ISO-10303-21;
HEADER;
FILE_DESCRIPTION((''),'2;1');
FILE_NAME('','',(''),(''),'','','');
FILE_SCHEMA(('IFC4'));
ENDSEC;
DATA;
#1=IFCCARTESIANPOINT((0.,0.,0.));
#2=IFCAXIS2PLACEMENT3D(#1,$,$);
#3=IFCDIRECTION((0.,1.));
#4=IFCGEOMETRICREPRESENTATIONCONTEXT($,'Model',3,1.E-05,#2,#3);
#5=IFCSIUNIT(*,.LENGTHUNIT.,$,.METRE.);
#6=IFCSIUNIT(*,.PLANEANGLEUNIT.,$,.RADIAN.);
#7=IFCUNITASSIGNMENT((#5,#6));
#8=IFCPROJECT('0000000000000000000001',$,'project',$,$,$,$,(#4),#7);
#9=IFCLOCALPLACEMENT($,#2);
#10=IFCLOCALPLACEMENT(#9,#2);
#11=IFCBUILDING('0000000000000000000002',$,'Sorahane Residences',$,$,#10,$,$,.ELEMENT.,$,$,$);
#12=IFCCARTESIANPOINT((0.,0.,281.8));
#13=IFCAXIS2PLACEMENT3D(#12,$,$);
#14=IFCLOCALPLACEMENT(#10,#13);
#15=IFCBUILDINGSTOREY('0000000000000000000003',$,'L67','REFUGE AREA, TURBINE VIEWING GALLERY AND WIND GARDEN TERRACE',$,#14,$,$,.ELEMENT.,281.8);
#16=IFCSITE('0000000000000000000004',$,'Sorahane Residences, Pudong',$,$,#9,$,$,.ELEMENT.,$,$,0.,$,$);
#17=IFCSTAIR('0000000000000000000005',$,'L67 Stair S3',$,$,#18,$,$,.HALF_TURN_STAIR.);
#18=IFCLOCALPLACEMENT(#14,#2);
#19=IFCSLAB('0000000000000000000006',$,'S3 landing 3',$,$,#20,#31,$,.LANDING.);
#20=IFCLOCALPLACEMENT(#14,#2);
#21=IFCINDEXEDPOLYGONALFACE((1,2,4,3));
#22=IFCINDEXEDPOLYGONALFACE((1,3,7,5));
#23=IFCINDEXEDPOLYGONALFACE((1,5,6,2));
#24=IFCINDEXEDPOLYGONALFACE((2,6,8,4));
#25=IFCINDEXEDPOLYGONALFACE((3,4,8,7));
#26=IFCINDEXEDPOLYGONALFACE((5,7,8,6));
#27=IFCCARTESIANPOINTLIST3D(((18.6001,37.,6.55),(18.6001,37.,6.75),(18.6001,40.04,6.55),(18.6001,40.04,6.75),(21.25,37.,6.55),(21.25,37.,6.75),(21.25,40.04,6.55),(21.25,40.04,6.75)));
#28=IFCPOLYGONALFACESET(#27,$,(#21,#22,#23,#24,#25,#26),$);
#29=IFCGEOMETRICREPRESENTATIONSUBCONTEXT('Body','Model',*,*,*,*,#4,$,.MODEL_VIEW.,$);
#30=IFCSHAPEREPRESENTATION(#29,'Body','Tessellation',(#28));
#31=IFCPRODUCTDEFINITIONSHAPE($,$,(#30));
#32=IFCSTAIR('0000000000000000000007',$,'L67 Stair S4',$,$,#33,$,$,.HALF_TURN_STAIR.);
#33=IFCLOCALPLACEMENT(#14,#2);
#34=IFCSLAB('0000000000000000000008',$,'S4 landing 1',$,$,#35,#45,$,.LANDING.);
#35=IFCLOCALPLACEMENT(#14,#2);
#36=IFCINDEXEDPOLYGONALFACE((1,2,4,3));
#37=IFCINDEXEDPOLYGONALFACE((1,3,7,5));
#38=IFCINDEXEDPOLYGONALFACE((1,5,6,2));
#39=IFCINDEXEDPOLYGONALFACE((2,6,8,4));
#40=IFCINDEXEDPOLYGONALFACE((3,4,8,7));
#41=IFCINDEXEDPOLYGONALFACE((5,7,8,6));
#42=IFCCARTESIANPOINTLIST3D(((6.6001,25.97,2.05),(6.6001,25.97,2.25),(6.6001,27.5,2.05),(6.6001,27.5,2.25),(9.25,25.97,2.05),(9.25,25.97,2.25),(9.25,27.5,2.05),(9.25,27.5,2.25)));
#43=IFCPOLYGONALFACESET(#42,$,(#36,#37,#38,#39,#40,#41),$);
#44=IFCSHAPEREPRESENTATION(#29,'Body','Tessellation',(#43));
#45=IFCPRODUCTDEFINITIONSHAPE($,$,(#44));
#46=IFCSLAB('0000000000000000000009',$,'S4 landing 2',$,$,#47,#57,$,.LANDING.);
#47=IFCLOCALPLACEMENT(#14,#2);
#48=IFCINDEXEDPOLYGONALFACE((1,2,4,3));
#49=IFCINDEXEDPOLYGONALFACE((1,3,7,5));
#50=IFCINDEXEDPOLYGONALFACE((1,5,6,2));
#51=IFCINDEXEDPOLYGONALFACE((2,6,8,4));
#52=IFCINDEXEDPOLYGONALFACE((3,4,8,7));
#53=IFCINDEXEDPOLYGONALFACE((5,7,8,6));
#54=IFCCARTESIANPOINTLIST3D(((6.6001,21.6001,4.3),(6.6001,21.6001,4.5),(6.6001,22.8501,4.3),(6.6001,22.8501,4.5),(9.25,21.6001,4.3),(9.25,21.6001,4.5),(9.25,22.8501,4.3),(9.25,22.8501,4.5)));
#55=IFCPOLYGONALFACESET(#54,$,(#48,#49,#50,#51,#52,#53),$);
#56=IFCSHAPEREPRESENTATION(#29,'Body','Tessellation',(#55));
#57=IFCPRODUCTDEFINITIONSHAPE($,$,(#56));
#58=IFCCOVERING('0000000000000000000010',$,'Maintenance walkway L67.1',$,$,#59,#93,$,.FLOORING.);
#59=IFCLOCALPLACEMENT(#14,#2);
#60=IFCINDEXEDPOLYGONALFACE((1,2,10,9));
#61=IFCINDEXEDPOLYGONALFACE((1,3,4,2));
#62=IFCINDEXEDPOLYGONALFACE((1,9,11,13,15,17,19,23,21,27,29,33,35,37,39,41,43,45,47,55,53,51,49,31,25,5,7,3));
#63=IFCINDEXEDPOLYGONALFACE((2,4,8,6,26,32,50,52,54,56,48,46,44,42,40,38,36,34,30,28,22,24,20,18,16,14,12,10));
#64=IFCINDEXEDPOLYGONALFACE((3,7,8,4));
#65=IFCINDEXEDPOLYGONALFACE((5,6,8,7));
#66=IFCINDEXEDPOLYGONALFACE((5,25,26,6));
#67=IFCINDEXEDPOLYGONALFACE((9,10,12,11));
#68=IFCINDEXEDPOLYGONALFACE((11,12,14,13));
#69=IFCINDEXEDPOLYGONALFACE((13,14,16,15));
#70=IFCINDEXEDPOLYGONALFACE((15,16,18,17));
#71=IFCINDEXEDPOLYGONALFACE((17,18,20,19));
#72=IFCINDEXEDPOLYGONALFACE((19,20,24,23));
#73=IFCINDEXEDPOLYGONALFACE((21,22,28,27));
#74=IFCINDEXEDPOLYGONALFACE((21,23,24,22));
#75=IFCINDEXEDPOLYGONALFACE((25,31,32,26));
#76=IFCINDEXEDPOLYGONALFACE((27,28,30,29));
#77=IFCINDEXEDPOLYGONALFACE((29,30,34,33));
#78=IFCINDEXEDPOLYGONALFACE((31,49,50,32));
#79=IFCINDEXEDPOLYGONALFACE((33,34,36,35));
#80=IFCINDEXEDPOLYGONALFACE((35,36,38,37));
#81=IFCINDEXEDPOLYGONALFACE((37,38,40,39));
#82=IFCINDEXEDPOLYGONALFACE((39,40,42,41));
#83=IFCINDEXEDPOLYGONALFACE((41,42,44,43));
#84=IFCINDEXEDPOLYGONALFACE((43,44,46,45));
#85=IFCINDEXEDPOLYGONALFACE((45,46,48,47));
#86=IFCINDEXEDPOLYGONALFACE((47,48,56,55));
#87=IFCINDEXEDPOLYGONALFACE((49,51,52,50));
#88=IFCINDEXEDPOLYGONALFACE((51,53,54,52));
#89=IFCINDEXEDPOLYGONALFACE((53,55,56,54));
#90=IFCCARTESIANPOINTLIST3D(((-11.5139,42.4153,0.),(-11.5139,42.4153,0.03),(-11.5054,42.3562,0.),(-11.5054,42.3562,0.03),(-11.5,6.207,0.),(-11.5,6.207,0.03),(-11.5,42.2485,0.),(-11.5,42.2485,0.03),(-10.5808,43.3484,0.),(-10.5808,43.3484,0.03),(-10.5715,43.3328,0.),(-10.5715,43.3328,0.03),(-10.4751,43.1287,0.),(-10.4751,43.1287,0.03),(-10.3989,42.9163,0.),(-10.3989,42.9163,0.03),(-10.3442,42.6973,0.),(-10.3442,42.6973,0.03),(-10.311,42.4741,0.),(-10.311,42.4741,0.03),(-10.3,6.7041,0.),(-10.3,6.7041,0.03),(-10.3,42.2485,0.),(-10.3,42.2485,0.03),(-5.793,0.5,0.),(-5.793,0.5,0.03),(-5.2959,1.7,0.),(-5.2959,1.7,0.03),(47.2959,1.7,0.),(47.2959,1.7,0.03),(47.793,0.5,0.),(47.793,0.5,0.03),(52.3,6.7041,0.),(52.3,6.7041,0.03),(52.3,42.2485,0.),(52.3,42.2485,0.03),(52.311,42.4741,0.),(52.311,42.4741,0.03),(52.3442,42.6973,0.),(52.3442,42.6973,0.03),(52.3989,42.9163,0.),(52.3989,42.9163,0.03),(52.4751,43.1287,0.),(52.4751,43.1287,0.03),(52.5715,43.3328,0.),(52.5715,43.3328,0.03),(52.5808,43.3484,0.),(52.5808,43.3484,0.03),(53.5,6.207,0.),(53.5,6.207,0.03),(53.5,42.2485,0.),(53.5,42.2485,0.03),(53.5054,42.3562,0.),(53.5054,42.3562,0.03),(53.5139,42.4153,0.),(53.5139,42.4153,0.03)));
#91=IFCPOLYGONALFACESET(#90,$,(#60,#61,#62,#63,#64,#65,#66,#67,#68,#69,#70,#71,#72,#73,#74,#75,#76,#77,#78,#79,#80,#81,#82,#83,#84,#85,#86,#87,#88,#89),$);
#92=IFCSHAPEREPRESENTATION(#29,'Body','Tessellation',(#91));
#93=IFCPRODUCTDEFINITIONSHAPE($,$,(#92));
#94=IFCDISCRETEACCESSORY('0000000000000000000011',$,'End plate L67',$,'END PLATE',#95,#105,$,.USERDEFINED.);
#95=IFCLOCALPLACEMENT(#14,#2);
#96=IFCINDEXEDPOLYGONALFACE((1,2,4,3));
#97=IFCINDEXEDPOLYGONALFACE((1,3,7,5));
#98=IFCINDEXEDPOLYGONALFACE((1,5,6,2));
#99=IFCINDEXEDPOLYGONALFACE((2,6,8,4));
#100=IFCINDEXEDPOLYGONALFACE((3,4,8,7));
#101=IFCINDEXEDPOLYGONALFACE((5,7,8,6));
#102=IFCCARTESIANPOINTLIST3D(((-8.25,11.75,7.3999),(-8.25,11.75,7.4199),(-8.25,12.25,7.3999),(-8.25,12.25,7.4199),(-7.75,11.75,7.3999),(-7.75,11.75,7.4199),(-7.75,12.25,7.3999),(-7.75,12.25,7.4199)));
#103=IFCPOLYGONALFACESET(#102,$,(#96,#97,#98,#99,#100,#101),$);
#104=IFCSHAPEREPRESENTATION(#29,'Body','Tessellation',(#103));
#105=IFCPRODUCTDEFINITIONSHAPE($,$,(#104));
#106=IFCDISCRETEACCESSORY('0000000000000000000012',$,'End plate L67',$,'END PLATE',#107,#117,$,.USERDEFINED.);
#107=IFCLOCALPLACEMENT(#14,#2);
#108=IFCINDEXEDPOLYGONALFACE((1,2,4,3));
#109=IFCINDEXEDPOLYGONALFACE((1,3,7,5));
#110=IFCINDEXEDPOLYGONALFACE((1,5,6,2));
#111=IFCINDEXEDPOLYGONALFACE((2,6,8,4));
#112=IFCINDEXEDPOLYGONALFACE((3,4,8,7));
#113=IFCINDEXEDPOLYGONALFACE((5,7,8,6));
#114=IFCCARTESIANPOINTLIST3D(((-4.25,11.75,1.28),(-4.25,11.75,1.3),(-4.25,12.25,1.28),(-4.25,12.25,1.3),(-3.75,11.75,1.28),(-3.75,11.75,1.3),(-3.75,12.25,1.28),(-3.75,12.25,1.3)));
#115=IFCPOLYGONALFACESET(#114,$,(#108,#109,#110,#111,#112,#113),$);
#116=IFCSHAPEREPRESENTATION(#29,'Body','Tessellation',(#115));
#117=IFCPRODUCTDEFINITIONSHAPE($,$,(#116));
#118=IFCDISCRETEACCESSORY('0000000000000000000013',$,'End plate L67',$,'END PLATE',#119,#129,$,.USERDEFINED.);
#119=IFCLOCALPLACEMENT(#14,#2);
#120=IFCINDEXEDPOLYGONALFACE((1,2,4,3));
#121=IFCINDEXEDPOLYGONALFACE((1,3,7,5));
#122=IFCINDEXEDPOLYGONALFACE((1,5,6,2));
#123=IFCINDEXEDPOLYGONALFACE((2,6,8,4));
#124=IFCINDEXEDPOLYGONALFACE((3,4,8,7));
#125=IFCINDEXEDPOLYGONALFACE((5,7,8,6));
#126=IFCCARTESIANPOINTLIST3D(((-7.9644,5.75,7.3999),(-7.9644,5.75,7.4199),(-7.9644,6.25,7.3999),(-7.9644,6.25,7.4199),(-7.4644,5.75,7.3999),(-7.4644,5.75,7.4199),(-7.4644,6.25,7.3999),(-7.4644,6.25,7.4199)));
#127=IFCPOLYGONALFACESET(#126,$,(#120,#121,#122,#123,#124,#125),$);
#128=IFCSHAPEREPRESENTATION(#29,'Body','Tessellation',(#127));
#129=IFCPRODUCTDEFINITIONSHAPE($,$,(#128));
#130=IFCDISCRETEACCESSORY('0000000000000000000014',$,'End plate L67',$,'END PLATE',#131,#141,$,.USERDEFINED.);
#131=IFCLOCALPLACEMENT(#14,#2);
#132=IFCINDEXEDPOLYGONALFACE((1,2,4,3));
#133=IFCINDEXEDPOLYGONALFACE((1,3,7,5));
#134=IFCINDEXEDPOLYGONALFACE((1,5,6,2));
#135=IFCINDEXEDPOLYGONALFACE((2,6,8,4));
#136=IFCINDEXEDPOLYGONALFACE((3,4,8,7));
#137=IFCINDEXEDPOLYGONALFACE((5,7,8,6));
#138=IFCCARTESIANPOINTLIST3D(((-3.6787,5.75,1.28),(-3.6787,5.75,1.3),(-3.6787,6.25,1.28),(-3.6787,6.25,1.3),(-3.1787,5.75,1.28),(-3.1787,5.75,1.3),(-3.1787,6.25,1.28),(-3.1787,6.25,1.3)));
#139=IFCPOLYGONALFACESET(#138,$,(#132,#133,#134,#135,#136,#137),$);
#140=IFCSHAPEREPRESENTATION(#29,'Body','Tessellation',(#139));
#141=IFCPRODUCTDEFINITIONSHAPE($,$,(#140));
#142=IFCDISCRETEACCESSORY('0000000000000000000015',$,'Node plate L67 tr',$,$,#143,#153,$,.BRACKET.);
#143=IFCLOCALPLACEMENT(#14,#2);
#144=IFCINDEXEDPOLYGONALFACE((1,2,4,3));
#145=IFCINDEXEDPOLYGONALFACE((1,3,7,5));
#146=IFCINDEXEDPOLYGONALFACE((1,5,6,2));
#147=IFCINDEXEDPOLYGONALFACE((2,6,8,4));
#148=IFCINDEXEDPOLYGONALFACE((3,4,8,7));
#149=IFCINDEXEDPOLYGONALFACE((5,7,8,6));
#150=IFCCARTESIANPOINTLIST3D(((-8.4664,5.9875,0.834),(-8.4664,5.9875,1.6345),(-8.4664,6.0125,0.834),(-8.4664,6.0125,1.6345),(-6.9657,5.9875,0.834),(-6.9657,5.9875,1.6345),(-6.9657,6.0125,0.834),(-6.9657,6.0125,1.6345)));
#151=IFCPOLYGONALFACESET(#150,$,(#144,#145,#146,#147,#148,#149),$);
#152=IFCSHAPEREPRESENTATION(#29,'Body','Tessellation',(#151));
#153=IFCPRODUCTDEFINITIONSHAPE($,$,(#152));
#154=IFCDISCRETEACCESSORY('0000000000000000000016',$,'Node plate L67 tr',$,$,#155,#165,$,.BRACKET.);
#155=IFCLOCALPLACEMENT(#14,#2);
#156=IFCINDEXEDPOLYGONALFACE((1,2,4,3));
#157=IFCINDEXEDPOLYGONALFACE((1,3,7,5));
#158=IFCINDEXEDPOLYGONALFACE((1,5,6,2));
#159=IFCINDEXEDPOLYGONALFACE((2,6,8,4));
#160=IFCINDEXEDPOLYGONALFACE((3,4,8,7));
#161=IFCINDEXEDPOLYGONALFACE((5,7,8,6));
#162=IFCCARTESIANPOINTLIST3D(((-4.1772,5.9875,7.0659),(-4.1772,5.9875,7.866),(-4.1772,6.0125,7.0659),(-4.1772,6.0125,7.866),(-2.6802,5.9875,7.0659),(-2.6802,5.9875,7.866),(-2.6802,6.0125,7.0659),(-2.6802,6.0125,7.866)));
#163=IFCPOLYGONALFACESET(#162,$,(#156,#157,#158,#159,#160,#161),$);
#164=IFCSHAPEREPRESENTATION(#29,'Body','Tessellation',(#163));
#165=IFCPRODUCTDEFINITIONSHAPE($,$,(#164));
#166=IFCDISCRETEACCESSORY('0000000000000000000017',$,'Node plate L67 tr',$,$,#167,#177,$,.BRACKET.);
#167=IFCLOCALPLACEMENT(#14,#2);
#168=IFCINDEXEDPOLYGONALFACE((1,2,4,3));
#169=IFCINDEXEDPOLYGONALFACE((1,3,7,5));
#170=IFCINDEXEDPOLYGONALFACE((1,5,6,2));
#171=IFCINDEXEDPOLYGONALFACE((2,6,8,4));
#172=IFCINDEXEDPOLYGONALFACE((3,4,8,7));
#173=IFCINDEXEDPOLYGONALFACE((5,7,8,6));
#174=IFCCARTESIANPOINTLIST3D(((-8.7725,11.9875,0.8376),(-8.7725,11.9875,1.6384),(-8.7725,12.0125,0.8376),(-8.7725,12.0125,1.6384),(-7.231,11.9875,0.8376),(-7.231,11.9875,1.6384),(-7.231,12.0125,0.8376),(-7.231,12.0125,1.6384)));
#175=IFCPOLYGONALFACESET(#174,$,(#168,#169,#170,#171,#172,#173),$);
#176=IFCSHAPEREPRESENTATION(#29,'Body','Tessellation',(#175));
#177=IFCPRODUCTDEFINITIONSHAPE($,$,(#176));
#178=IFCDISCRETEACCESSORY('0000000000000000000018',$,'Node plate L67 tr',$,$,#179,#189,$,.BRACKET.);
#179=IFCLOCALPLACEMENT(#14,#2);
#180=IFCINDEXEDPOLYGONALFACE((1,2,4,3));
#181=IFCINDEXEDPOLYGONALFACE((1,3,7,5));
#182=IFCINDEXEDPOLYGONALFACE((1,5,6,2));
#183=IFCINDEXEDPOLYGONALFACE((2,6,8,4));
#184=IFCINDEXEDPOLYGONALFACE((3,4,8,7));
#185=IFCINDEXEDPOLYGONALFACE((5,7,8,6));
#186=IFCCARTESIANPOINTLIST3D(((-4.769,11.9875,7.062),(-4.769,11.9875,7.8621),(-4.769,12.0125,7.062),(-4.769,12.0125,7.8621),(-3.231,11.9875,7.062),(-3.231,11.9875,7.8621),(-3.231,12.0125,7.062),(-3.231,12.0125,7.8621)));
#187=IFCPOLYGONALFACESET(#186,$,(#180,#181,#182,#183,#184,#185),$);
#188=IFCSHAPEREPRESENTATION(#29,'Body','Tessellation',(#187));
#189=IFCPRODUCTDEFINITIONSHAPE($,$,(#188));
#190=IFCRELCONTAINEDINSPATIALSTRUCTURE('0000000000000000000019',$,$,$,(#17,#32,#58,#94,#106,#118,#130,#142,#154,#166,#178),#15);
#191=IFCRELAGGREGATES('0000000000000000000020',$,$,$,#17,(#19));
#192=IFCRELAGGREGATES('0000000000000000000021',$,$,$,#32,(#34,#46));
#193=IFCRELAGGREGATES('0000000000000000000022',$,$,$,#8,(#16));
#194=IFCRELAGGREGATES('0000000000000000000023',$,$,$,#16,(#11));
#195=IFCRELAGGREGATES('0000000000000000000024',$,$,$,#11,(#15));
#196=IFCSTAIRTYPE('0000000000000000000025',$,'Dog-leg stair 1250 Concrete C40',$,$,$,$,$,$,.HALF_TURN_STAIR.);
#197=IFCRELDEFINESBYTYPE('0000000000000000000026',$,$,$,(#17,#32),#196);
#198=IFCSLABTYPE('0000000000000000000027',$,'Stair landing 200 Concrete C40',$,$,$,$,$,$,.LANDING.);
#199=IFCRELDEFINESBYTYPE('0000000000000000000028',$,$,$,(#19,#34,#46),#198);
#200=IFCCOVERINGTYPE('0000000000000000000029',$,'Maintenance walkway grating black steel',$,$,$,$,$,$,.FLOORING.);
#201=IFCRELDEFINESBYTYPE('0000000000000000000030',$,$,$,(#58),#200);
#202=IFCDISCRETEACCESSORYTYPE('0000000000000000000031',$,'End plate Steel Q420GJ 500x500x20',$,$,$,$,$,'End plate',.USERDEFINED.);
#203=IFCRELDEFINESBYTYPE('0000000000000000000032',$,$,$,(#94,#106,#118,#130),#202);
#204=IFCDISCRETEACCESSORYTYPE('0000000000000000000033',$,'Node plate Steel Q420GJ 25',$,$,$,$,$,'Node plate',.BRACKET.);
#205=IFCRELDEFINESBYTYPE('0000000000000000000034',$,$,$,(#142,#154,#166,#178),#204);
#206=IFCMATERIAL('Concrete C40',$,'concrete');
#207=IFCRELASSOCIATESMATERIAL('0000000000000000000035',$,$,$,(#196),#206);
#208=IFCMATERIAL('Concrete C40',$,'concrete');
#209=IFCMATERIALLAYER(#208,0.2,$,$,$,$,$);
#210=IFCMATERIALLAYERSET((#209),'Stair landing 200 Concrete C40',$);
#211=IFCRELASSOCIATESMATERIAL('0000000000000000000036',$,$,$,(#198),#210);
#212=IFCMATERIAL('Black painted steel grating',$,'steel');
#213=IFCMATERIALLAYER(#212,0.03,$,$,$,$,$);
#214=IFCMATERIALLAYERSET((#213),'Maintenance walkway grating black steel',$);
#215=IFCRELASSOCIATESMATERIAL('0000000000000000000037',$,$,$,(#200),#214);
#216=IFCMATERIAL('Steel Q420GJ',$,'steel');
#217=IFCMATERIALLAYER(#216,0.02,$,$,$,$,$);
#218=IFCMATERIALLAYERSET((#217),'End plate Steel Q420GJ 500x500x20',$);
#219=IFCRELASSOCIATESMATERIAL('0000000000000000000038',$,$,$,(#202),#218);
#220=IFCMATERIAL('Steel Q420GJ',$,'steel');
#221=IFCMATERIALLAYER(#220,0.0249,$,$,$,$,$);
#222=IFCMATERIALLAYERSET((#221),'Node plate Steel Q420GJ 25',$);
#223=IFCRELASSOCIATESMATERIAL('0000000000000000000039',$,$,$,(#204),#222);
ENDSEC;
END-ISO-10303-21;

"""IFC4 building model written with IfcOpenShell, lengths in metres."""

from ifc_helpers import new_model, si_unit, direction, frame, origin, origin_2d, place, context, subcontext, project, spatial, polyline, rectangle, outline, extrude, material, layer, layer_set, type_object, element, aggregate, save


model = new_model("IFC4")

# Units and contexts
model_context = context("Model", 3, precision=1e-05, world=origin(), true_north=direction((0.0, 1.0)))
body_context = subcontext(model_context, "Body", "Model", "MODEL_VIEW")
ifc_project = project(units=[si_unit("LENGTHUNIT", "METRE"), si_unit("PLANEANGLEUNIT", "RADIAN")], contexts=[model_context])

# Site, building, storey
site_placement = place(None, origin())
site = spatial("IfcSite", under=ifc_project, at=site_placement, Name="Sorahane Residences, Pudong", CompositionType="ELEMENT", RefElevation=0.0)
building_placement = place(site_placement, origin())
building = spatial("IfcBuilding", under=site, at=building_placement, Name="Sorahane Residences", CompositionType="ELEMENT")
storey_placement = place(building_placement, frame((0.0, 0.0, 281.8)))
storey = spatial("IfcBuildingStorey", under=building, at=storey_placement, Name="L67", Description="REFUGE AREA, TURBINE VIEWING GALLERY AND WIND GARDEN TERRACE", CompositionType="ELEMENT", Elevation=281.8)

# Stairs, slabs
ifc_material_1 = material(Name="Concrete C40", Category="concrete")
stair_type = type_object("IfcStairType", Name="Dog-leg stair 1250 Concrete C40", PredefinedType="HALF_TURN_STAIR", material=ifc_material_1)
ifc_material_2 = material(Name="Concrete C40", Category="concrete")
ifc_layer_1 = layer(ifc_material_2, 0.2)
ifc_layer_set_1 = layer_set([ifc_layer_1], Name="Stair landing 200 Concrete C40")
slab_type_1 = type_object("IfcSlabType", Name="Stair landing 200 Concrete C40", PredefinedType="LANDING", material=ifc_layer_set_1)
stair_1_placement = place(storey_placement, origin())
stair_1 = element("IfcStair", 1, at=stair_1_placement, inside=storey, type_object=stair_type, Name="L67 Stair S3", PredefinedType="HALF_TURN_STAIR")
slab_1_placement = place(storey_placement, frame((0.0, 0.0, 6.55)))
slab_1 = element("IfcSlab", 2, at=slab_1_placement, type_object=slab_type_1, Name="S3 landing 3", PredefinedType="LANDING", context=body_context, shape_type="SweptSolid", body=[
    extrude(outline(polyline([(18.6001, 40.04), (18.6001, 37.0), (21.25, 37.0), (21.25, 40.04), (18.6001, 40.04)])), origin(), (0.0, 0.0, 1.0), 0.2),
])
aggregate(stair_1, [slab_1])
stair_2_placement = place(storey_placement, origin())
stair_2 = element("IfcStair", 3, at=stair_2_placement, inside=storey, type_object=stair_type, Name="L67 Stair S4", PredefinedType="HALF_TURN_STAIR")
slab_2_placement = place(storey_placement, frame((0.0, 0.0, 2.05)))
slab_2 = element("IfcSlab", 4, at=slab_2_placement, type_object=slab_type_1, Name="S4 landing 1", PredefinedType="LANDING", context=body_context, shape_type="SweptSolid", body=[
    extrude(outline(polyline([(9.25, 25.97), (9.25, 27.5), (6.6001, 27.5), (6.6001, 25.97), (9.25, 25.97)])), origin(), (0.0, 0.0, 1.0), 0.2),
])
slab_3_placement = place(storey_placement, frame((0.0, 0.0, 4.3)))
slab_3 = element("IfcSlab", 5, at=slab_3_placement, type_object=slab_type_1, Name="S4 landing 2", PredefinedType="LANDING", context=body_context, shape_type="SweptSolid", body=[
    extrude(outline(polyline([(9.25, 21.6001), (9.25, 22.8501), (6.6001, 22.8501), (6.6001, 21.6001), (9.25, 21.6001)])), origin(), (0.0, 0.0, 1.0), 0.2),
])
aggregate(stair_2, [slab_2, slab_3])

# Covering
ifc_material_3 = material(Name="Black painted steel grating", Category="steel")
ifc_layer_2 = layer(ifc_material_3, 0.03)
ifc_layer_set_2 = layer_set([ifc_layer_2], Name="Maintenance walkway grating black steel")
covering_type_1 = type_object("IfcCoveringType", Name="Maintenance walkway grating black steel", PredefinedType="FLOORING", material=ifc_layer_set_2)
covering_1_placement = place(storey_placement, origin())
element("IfcCovering", 6, at=covering_1_placement, inside=storey, type_object=covering_type_1, Name="Maintenance walkway L67.1", PredefinedType="FLOORING", context=body_context, shape_type="SweptSolid", body=[
    extrude(outline(polyline([(52.3, 6.7041), (52.3, 42.2485), (52.311, 42.4741), (52.3442, 42.6973), (52.3989, 42.9163), (52.4751, 43.1287), (52.5715, 43.3328), (52.5808, 43.3484), (53.5139, 42.4153), (53.5054, 42.3562), (53.5, 42.2485), (53.5, 6.207), (47.793, 0.5), (-5.793, 0.5), (-11.5, 6.207), (-11.5, 42.2485), (-11.5054, 42.3562), (-11.5139, 42.4153), (-10.5808, 43.3484), (-10.5715, 43.3328), (-10.4751, 43.1287), (-10.3989, 42.9163), (-10.3442, 42.6973), (-10.311, 42.4741), (-10.3, 42.2485), (-10.3, 6.7041), (-5.2959, 1.7), (47.2959, 1.7), (52.3, 6.7041)])), origin(), (0.0, 0.0, 1.0), 0.03),
])

# Discrete accessories
ifc_material_4 = material(Name="Steel Q420GJ", Category="steel")
ifc_layer_3 = layer(ifc_material_4, 0.02)
ifc_layer_set_3 = layer_set([ifc_layer_3], Name="End plate Steel Q420GJ 500x500x20")
discrete_accessory_type_1 = type_object("IfcDiscreteAccessoryType", Name="End plate Steel Q420GJ 500x500x20", ElementType="End plate", PredefinedType="USERDEFINED", material=ifc_layer_set_3)
for number, where, z_axis, x_axis, name in (
    (7, (-8.0, 12.0, 7.3999), (0.0, 0.0, 1.0), (1.0, 0.0, 0.0), "End plate L67"),
    (8, (-4.0, 12.0, 1.28), (0.0, 0.0, 1.0), (1.0, 0.0, 0.0), "End plate L67"),
    (9, (-7.7144, 6.0, 7.3999), (0.0, 0.0, 1.0), (1.0, 0.0, 0.0), "End plate L67"),
    (10, (-3.4287, 6.0, 1.28), (0.0, 0.0, 1.0), (1.0, 0.0, 0.0), "End plate L67"),
):
    element("IfcDiscreteAccessory", number, at=place(storey_placement, frame(where, z_axis=z_axis, x_axis=x_axis)), inside=storey, type_object=discrete_accessory_type_1, Name=name, ObjectType="END PLATE", PredefinedType="USERDEFINED", context=body_context, shape_type="SweptSolid", body=[
        extrude(rectangle(XDim=0.5, YDim=0.5, at=origin_2d()), origin(), (0.0, 0.0, 1.0), 0.02),
    ])
ifc_material_5 = material(Name="Steel Q420GJ", Category="steel")
ifc_layer_4 = layer(ifc_material_5, 0.0249)
ifc_layer_set_4 = layer_set([ifc_layer_4], Name="Node plate Steel Q420GJ 25")
discrete_accessory_type_2 = type_object("IfcDiscreteAccessoryType", Name="Node plate Steel Q420GJ 25", ElementType="Node plate", PredefinedType="BRACKET", material=ifc_layer_set_4)
discrete_accessory_1_placement = place(storey_placement, frame((-7.7161, 6.0, 0.834), z_axis=(0.0, 0.0, 1.0), x_axis=(1.0, 0.0, 0.0)))
element("IfcDiscreteAccessory", 11, at=discrete_accessory_1_placement, inside=storey, type_object=discrete_accessory_type_2, Name="Node plate L67 tr", PredefinedType="BRACKET", context=body_context, shape_type="SweptSolid", body=[
    extrude(rectangle(XDim=1.5007, YDim=0.0249, at=origin_2d()), origin(), (0.0, 0.0, 1.0), 0.8005),
])
discrete_accessory_2_placement = place(storey_placement, frame((-3.4287, 6.0, 7.0659), z_axis=(0.0, 0.0, 1.0), x_axis=(1.0, 0.0, 0.0)))
element("IfcDiscreteAccessory", 12, at=discrete_accessory_2_placement, inside=storey, type_object=discrete_accessory_type_2, Name="Node plate L67 tr", PredefinedType="BRACKET", context=body_context, shape_type="SweptSolid", body=[
    extrude(rectangle(XDim=1.4971, YDim=0.0249, at=origin_2d()), origin(), (0.0, 0.0, 1.0), 0.8),
])
discrete_accessory_3_placement = place(storey_placement, frame((-8.0017, 12.0, 0.8376), z_axis=(0.0, 0.0, 1.0), x_axis=(1.0, 0.0, 0.0)))
element("IfcDiscreteAccessory", 13, at=discrete_accessory_3_placement, inside=storey, type_object=discrete_accessory_type_2, Name="Node plate L67 tr", PredefinedType="BRACKET", context=body_context, shape_type="SweptSolid", body=[
    extrude(rectangle(XDim=1.5415, YDim=0.0249, at=origin_2d()), origin(), (0.0, 0.0, 1.0), 0.8008),
])
discrete_accessory_4_placement = place(storey_placement, frame((-4.0, 12.0, 7.062), z_axis=(0.0, 0.0, 1.0), x_axis=(1.0, 0.0, 0.0)))
element("IfcDiscreteAccessory", 14, at=discrete_accessory_4_placement, inside=storey, type_object=discrete_accessory_type_2, Name="Node plate L67 tr", PredefinedType="BRACKET", context=body_context, shape_type="SweptSolid", body=[
    extrude(rectangle(XDim=1.5381, YDim=0.0249, at=origin_2d()), origin(), (0.0, 0.0, 1.0), 0.8),
])

save(model, "model.ifc")
